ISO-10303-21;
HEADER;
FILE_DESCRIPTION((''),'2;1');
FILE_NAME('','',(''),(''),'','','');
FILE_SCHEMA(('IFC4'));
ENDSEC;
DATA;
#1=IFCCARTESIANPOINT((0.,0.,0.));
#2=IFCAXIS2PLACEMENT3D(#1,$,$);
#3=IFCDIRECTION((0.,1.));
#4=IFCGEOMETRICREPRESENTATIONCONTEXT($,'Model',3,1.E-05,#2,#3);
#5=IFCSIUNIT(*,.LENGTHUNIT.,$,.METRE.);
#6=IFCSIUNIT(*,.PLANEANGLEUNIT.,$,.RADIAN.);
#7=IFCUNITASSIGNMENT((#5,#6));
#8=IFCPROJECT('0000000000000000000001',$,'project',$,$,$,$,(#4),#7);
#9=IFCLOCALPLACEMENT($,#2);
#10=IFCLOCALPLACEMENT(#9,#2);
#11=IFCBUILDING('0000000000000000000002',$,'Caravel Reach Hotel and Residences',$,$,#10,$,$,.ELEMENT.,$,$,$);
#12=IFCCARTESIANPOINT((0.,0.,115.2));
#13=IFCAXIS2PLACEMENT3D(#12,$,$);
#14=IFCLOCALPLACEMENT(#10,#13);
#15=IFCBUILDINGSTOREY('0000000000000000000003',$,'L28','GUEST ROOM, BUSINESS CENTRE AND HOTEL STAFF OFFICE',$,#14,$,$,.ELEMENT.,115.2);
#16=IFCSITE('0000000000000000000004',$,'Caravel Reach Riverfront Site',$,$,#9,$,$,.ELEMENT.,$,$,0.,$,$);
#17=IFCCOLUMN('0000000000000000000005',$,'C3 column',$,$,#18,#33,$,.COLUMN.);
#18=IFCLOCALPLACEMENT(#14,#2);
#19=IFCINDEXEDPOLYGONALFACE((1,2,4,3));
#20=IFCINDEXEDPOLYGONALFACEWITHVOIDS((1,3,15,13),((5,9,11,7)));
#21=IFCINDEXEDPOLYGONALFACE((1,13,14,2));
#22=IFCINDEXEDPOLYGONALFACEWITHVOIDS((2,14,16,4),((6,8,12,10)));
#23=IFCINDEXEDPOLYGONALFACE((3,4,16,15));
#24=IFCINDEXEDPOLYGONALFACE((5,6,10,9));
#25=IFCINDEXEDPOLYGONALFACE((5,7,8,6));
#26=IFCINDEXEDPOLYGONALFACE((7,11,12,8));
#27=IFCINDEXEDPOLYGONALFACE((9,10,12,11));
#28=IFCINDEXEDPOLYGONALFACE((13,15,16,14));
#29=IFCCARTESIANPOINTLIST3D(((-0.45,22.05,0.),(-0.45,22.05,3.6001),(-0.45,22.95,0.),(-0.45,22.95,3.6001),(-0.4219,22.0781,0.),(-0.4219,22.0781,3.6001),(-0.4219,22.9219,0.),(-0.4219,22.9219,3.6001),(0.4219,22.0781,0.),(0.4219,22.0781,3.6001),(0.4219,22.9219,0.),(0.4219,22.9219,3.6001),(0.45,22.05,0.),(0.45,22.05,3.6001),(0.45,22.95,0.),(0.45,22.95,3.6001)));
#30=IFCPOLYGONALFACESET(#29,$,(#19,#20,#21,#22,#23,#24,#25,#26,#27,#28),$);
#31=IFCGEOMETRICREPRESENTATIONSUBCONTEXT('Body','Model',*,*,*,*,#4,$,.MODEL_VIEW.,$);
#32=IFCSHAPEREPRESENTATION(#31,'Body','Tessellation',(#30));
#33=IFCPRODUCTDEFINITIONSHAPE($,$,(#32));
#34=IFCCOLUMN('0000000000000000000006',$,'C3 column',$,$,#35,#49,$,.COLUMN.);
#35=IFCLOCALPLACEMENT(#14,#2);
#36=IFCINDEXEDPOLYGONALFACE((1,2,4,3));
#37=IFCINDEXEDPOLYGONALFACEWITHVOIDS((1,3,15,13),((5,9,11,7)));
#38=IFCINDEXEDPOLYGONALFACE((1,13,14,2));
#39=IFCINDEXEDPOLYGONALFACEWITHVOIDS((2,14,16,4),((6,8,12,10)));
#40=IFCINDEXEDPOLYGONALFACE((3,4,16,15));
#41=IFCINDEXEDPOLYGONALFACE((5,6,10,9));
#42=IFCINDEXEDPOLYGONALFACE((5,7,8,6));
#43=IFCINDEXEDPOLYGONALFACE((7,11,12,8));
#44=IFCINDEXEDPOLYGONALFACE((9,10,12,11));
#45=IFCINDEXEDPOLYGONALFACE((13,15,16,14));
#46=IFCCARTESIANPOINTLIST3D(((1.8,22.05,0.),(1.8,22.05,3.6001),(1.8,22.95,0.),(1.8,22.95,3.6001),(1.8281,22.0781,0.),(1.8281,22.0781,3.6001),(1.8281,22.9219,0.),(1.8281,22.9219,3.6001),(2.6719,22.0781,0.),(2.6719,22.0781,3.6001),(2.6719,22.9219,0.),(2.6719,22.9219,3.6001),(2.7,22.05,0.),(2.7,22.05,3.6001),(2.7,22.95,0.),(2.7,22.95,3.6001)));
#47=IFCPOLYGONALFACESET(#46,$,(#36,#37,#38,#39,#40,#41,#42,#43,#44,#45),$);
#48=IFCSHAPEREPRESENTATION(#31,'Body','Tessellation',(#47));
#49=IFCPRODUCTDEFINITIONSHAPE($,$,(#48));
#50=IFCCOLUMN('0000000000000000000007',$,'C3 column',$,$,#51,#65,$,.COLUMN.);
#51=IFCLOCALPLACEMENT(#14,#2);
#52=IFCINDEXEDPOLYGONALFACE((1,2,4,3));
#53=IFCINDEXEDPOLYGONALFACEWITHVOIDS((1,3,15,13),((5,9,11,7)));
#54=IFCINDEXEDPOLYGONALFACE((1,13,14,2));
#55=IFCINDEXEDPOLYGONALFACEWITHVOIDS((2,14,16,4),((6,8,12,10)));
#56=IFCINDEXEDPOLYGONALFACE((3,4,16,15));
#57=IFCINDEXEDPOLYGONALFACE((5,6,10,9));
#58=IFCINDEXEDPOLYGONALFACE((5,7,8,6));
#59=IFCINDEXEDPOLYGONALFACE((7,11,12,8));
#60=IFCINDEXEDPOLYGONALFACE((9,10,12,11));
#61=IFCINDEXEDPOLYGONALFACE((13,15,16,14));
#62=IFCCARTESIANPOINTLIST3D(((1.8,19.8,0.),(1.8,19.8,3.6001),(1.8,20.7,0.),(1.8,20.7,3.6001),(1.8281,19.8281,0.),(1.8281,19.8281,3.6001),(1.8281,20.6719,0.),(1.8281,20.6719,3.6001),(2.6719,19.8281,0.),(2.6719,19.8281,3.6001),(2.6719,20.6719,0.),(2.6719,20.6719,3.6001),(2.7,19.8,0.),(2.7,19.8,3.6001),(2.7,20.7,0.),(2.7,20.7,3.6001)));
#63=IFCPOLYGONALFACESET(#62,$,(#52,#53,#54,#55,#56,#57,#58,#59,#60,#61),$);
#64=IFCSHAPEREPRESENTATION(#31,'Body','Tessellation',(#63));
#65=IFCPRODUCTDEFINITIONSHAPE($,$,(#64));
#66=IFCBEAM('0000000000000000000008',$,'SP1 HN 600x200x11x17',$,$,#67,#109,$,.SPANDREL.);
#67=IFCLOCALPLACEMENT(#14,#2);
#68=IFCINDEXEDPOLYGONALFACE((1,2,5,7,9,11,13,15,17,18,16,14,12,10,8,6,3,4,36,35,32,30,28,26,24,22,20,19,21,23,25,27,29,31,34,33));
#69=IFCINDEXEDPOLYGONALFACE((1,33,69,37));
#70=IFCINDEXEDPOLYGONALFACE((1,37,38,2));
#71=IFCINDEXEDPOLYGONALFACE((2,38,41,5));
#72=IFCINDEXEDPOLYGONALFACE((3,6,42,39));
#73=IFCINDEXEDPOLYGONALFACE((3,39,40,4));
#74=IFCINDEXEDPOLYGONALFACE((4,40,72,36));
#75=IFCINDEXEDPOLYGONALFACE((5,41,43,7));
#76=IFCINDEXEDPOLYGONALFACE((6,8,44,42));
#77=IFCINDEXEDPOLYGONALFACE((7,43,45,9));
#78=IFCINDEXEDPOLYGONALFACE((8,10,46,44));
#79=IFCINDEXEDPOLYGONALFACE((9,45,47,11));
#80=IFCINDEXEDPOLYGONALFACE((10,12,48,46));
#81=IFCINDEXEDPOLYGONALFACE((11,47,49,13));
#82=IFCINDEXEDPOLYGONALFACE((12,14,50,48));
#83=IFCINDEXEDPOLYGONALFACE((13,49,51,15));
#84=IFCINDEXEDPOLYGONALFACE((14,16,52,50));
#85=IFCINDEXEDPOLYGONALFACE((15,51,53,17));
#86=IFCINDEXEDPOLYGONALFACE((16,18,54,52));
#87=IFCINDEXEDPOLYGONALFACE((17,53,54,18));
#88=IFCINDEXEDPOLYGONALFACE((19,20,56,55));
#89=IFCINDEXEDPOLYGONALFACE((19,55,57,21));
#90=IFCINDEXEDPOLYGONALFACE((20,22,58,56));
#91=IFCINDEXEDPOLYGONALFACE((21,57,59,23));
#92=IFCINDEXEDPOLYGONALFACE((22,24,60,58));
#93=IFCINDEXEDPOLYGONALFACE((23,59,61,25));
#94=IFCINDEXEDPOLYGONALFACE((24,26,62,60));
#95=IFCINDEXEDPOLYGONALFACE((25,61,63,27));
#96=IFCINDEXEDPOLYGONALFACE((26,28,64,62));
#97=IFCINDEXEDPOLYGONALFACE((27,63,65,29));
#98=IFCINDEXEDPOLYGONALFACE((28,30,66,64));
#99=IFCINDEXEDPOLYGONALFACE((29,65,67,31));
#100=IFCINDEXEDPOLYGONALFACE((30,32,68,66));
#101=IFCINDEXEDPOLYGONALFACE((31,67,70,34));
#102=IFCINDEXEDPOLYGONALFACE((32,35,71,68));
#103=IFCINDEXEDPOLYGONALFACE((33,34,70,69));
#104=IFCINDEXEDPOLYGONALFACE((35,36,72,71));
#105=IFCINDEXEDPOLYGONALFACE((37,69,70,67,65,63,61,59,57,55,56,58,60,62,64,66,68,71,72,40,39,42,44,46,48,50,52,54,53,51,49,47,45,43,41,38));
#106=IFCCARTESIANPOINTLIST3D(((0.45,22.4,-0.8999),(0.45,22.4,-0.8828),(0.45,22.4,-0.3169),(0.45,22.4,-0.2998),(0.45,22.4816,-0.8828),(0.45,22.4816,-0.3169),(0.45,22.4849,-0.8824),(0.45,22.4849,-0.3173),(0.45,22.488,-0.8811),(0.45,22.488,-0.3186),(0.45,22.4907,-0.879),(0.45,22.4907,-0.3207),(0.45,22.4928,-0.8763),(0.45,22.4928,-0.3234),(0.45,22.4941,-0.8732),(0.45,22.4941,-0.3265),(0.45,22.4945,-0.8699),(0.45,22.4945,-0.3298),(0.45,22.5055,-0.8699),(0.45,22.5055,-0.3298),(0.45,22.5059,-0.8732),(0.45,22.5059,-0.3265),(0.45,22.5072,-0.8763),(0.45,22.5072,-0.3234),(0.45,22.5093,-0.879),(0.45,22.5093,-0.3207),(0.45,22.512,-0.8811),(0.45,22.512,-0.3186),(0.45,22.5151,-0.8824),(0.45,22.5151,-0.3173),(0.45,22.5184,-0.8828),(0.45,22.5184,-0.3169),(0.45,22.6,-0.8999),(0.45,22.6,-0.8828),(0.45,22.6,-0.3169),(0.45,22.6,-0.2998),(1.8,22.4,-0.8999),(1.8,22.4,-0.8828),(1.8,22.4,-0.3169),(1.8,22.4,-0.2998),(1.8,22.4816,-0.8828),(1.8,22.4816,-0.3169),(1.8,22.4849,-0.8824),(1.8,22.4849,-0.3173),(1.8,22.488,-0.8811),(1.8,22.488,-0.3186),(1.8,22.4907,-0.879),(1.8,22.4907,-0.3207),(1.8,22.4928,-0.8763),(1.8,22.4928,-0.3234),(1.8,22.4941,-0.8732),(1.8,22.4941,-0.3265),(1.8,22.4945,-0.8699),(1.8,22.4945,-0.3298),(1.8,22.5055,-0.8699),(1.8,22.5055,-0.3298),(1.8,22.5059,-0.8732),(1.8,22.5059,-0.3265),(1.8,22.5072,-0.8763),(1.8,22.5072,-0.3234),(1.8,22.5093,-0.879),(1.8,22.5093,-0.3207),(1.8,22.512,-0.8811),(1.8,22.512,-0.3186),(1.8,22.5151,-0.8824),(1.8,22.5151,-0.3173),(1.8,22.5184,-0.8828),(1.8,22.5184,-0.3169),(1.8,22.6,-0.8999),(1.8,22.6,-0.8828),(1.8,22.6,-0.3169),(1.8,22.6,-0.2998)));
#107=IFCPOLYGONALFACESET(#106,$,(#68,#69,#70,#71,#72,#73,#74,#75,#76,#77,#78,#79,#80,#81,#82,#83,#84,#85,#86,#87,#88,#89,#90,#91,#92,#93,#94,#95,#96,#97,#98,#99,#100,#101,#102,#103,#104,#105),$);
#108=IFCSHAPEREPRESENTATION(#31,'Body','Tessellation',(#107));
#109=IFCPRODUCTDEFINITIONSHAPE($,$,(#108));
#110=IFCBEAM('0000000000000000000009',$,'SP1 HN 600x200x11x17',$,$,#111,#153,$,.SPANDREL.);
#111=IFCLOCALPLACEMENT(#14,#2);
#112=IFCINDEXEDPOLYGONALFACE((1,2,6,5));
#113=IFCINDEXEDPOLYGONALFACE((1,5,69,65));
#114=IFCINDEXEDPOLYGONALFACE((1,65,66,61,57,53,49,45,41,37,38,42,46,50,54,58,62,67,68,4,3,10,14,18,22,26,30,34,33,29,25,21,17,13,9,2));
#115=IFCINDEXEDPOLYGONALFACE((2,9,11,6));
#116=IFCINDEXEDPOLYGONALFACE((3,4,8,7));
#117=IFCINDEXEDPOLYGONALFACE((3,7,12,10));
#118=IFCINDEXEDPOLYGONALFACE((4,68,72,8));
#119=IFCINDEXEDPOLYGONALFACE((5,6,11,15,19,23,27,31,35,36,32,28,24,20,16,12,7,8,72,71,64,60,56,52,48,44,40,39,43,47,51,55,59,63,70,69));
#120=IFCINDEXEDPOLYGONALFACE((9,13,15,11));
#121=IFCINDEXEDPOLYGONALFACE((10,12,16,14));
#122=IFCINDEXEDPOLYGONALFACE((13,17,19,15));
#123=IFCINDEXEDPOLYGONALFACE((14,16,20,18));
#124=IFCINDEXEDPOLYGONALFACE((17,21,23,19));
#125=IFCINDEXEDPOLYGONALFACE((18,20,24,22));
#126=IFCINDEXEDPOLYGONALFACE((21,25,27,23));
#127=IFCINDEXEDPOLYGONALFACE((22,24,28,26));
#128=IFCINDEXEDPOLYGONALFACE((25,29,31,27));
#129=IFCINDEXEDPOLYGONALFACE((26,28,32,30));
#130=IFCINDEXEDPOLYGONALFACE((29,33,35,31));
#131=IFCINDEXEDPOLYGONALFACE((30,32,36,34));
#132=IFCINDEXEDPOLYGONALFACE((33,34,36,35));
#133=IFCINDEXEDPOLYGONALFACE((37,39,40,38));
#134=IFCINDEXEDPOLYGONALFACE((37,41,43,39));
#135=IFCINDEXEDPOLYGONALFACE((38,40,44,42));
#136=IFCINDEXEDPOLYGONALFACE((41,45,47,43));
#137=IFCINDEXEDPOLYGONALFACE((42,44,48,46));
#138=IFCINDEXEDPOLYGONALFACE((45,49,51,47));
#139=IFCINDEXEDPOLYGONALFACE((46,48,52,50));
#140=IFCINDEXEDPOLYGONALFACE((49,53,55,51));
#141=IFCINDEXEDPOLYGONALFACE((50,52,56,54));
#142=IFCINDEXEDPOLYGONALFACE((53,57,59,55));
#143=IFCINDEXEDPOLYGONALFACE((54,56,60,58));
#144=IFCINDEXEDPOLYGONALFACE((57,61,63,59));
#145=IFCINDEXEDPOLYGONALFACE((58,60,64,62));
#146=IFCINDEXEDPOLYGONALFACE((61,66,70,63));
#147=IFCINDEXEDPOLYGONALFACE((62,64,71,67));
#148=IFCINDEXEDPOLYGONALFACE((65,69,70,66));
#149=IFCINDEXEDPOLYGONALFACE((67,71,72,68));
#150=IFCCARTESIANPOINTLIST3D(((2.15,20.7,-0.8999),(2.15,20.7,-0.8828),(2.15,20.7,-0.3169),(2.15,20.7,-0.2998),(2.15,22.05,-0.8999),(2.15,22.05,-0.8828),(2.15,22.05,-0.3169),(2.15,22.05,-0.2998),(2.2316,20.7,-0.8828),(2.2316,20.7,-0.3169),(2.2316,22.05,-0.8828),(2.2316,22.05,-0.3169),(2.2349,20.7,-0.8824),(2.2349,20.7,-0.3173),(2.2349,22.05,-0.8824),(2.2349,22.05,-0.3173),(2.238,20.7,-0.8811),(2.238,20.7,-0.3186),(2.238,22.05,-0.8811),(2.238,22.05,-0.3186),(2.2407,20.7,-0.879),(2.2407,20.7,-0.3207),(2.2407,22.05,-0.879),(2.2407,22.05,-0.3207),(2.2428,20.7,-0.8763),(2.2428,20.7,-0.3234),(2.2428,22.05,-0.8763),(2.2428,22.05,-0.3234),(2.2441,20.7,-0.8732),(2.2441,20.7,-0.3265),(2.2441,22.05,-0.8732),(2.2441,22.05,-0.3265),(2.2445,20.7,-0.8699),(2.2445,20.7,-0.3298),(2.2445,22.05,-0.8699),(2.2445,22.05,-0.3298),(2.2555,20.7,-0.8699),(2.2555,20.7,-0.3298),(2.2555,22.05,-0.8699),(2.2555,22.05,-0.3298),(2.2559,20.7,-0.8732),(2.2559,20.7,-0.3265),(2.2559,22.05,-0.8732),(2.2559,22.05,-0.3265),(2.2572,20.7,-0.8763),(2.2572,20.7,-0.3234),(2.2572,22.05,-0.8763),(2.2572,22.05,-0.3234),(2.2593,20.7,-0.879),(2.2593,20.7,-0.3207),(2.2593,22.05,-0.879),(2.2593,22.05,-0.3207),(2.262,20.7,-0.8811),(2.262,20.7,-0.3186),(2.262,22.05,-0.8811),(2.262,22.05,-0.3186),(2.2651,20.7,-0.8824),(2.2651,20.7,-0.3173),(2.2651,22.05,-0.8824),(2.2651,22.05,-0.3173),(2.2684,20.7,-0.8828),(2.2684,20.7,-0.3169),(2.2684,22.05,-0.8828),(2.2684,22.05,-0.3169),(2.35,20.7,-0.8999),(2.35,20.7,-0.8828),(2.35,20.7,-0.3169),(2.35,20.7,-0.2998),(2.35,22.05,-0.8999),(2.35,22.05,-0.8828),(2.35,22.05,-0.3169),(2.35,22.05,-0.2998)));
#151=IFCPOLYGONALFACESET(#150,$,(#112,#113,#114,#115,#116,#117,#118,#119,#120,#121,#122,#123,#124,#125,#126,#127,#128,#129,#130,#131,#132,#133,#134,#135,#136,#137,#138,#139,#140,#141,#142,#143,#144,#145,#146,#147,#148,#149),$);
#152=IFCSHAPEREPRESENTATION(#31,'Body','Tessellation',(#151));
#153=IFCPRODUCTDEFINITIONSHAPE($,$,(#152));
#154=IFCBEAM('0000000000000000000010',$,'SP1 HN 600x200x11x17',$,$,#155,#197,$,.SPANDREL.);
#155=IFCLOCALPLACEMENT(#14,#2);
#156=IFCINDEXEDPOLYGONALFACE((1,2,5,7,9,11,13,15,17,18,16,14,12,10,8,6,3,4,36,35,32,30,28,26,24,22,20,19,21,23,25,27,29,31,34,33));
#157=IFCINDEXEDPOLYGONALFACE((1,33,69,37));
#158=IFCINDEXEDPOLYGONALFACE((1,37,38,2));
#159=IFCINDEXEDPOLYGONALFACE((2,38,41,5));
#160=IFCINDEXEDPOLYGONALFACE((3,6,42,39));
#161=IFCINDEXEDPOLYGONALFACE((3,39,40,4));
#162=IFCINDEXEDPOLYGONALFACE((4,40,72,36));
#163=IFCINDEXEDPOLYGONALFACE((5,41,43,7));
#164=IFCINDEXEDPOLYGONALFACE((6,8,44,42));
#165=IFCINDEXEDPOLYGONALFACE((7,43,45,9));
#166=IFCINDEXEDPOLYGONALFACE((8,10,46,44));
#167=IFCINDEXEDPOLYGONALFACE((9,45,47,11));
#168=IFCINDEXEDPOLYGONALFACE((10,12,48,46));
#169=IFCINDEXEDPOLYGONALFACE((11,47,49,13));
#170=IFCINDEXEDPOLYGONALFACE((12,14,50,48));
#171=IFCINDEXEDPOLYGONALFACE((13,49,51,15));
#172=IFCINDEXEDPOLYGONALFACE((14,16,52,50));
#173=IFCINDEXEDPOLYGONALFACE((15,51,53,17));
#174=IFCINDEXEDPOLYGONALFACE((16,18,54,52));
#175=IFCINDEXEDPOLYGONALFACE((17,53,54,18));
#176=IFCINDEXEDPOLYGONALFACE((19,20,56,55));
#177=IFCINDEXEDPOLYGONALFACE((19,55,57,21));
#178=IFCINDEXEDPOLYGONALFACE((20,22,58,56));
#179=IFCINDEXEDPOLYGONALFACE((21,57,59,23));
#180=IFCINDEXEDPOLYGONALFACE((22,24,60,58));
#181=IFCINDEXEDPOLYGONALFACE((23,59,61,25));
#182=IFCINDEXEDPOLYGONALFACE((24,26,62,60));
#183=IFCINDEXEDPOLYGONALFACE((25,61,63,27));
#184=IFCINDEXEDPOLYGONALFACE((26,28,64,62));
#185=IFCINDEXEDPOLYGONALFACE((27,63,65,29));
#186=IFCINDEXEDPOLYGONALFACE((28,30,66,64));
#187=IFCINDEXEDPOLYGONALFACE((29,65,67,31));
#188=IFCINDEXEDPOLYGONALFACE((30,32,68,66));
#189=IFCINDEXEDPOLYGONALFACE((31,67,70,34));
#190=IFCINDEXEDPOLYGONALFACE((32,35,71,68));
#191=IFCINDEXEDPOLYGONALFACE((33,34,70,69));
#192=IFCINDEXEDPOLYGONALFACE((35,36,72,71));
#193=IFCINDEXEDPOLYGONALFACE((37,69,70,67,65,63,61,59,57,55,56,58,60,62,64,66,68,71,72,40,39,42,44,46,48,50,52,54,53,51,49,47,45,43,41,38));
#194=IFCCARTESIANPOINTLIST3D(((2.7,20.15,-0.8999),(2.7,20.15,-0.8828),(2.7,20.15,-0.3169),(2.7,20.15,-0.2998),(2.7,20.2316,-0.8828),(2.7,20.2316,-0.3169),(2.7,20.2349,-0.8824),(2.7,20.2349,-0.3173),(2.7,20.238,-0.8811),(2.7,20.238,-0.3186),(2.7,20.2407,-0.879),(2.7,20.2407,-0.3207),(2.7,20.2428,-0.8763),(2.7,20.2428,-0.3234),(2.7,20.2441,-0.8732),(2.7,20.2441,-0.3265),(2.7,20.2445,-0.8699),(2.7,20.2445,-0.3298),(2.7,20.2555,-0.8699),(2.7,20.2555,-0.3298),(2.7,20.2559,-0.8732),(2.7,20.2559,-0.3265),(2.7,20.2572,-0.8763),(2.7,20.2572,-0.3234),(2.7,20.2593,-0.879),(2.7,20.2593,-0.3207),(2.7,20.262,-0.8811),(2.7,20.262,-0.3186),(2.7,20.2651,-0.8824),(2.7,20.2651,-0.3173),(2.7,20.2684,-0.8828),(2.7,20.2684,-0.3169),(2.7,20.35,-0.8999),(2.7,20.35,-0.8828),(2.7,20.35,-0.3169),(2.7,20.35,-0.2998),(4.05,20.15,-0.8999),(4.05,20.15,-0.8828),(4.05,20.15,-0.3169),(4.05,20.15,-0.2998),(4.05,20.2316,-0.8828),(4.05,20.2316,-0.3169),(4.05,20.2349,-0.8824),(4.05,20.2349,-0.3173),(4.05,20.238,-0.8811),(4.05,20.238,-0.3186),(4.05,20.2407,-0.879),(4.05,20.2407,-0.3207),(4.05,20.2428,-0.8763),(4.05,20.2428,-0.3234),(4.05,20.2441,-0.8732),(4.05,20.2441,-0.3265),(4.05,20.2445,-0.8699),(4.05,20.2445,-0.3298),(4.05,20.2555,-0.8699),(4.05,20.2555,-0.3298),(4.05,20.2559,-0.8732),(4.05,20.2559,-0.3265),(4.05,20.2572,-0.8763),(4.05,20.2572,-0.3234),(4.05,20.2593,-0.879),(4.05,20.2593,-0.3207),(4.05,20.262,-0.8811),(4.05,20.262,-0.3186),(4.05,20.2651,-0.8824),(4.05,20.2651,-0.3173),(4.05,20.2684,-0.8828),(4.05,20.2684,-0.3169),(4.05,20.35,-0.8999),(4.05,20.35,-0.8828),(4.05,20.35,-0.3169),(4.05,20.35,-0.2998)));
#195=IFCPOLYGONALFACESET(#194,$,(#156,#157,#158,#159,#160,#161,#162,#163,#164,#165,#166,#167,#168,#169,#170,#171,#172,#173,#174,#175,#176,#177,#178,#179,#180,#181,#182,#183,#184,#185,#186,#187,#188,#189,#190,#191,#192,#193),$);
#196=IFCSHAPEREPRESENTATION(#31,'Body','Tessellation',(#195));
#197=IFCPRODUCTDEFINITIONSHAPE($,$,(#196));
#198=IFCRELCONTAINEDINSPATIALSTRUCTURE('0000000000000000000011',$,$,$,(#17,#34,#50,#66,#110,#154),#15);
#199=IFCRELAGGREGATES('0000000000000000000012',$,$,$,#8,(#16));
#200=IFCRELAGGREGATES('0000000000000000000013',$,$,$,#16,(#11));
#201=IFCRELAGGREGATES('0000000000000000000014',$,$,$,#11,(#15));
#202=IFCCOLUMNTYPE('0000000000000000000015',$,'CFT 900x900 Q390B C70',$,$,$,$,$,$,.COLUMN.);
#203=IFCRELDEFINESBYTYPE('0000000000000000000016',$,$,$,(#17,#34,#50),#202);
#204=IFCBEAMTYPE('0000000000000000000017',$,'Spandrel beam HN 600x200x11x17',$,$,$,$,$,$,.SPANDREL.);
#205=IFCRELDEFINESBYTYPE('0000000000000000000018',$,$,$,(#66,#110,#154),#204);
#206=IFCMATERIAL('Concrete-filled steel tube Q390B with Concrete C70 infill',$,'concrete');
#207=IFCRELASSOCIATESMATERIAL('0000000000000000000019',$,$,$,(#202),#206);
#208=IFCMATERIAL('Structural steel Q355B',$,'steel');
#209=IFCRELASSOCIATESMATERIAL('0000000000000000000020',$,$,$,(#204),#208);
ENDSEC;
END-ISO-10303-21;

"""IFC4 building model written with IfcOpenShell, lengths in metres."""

from ifc_helpers import new_model, si_unit, direction, frame, origin, origin_2d, place, context, subcontext, project, spatial, hollow_rectangle, i_section, extrude, material, material_profile, profile_set, type_object, element, save


model = new_model("IFC4")

# Units and contexts
model_context = context("Model", 3, precision=1e-05, world=origin(), true_north=direction((0.0, 1.0)))
body_context = subcontext(model_context, "Body", "Model", "MODEL_VIEW")
ifc_project = project(units=[si_unit("LENGTHUNIT", "METRE"), si_unit("PLANEANGLEUNIT", "RADIAN")], contexts=[model_context])

# Site, building, storey
site_placement = place(None, origin())
site = spatial("IfcSite", under=ifc_project, at=site_placement, Name="Caravel Reach Riverfront Site", CompositionType="ELEMENT", RefElevation=0.0)
building_placement = place(site_placement, origin())
building = spatial("IfcBuilding", under=site, at=building_placement, Name="Caravel Reach Hotel and Residences", CompositionType="ELEMENT")
storey_placement = place(building_placement, frame((0.0, 0.0, 115.2)))
storey = spatial("IfcBuildingStorey", under=building, at=storey_placement, Name="L28", Description="GUEST ROOM, BUSINESS CENTRE AND HOTEL STAFF OFFICE", CompositionType="ELEMENT", Elevation=115.2)

# Columns
ifc_material_1 = material(Name="Concrete-filled steel tube Q390B with Concrete C70 infill", Category="concrete")
ifc_material_profile_1 = material_profile(ifc_material_1, hollow_rectangle(XDim=0.8999, YDim=0.8999, WallThickness=0.0281, at=origin_2d()), Name="RHS 900x900x28")
ifc_profile_set_1 = profile_set([ifc_material_profile_1], Name="Concrete-filled steel tube Q390B with Concrete C70 infill")
column_type = type_object("IfcColumnType", Name="CFT 900x900 Q390B C70", PredefinedType="COLUMN", material=ifc_profile_set_1)
for number, where, z_axis, x_axis, name in (
    (1, (0.0, 22.5, 0.0), (0.0, 0.0, 1.0), (1.0, 0.0, 0.0), "C3 column"),
    (2, (2.25, 22.5, 0.0), (0.0, 0.0, 1.0), (1.0, 0.0, 0.0), "C3 column"),
    (3, (2.25, 20.25, 0.0), (0.0, 0.0, 1.0), (1.0, 0.0, 0.0), "C3 column"),
):
    element("IfcColumn", number, at=place(storey_placement, frame(where, z_axis=z_axis, x_axis=x_axis)), inside=storey, type_object=column_type, Name=name, PredefinedType="COLUMN", context=body_context, shape_type="SweptSolid", body=[
        extrude(hollow_rectangle(XDim=0.8999, YDim=0.8999, WallThickness=0.0281, at=origin_2d()), origin(), (0.0, 0.0, 1.0), 3.6001),
    ])

# Beams
ifc_material_2 = material(Name="Structural steel Q355B", Category="steel")
ifc_material_profile_2 = material_profile(ifc_material_2, i_section(OverallWidth=0.2, OverallDepth=0.6001, WebThickness=0.011, FlangeThickness=0.0171, FilletRadius=0.0129, at=origin_2d()), Name="HN 600x200x11x17")
ifc_profile_set_2 = profile_set([ifc_material_profile_2], Name="Structural steel Q355B")
beam_type = type_object("IfcBeamType", Name="Spandrel beam HN 600x200x11x17", PredefinedType="SPANDREL", material=ifc_profile_set_2)
for number, where, z_axis, x_axis, name in (
    (4, (0.45, 22.5, -0.5999), (1.0, 0.0, 0.0), (0.0, 1.0, 0.0), "SP1 HN 600x200x11x17"),
    (5, (2.25, 22.05, -0.5999), (0.0, -1.0, 0.0), (1.0, 0.0, 0.0), "SP1 HN 600x200x11x17"),
    (6, (2.7, 20.25, -0.5999), (1.0, 0.0, 0.0), (0.0, 1.0, 0.0), "SP1 HN 600x200x11x17"),
):
    element("IfcBeam", number, at=place(storey_placement, frame(where, z_axis=z_axis, x_axis=x_axis)), inside=storey, type_object=beam_type, Name=name, PredefinedType="SPANDREL", context=body_context, shape_type="SweptSolid", body=[
        extrude(i_section(OverallWidth=0.2, OverallDepth=0.6001, WebThickness=0.011, FlangeThickness=0.0171, FilletRadius=0.0129, at=origin_2d()), origin(), (0.0, 0.0, 1.0), 1.3501),
    ])

save(model, "model.ifc")
